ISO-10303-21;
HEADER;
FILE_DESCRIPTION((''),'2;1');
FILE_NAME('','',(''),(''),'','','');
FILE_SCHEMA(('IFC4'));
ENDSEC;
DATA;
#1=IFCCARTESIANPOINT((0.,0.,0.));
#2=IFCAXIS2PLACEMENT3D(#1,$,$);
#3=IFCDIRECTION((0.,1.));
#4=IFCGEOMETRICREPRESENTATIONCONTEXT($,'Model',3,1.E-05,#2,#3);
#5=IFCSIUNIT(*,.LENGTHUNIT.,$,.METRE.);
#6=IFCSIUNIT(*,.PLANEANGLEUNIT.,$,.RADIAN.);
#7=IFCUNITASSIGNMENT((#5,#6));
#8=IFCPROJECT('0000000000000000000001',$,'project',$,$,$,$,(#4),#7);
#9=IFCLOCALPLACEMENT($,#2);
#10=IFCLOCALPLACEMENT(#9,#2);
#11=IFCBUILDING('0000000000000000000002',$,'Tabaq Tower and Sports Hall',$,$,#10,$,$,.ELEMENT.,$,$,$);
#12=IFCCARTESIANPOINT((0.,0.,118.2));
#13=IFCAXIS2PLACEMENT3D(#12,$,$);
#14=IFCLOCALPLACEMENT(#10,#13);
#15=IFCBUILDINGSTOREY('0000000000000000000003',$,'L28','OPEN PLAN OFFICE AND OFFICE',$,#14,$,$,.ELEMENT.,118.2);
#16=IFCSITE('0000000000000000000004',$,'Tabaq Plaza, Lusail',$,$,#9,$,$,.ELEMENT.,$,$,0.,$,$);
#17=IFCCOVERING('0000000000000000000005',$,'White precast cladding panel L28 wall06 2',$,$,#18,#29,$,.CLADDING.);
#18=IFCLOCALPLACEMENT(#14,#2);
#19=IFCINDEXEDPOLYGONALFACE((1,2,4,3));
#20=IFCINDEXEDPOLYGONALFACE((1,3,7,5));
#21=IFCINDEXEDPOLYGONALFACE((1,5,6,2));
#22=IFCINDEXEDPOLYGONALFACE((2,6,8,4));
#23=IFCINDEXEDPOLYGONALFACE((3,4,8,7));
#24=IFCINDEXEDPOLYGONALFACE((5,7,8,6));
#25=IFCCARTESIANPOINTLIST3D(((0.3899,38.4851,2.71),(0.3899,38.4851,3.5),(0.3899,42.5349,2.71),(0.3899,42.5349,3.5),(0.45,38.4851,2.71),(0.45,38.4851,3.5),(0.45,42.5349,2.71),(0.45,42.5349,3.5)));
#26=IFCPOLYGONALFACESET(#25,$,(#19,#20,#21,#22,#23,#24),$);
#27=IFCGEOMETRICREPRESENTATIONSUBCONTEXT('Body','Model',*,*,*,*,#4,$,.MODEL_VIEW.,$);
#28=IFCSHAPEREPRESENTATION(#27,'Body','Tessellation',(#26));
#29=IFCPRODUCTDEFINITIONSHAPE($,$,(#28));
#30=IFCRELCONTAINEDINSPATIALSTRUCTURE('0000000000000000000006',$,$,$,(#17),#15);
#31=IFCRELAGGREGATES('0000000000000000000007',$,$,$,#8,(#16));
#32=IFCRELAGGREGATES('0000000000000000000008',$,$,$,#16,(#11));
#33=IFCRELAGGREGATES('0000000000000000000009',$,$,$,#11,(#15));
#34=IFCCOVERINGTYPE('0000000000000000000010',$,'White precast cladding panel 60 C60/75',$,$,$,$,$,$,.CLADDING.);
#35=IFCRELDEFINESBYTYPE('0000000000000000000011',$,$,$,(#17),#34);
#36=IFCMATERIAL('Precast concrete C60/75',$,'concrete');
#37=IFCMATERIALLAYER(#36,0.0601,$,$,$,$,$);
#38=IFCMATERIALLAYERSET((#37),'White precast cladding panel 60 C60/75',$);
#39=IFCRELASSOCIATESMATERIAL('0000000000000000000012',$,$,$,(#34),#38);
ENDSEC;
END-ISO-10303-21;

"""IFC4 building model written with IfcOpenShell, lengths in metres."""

from ifc_helpers import new_model, si_unit, direction, frame, frame_2d, origin, place, context, subcontext, project, spatial, rectangle, extrude, material, layer, layer_set, type_object, element, save


model = new_model("IFC4")

# Units and contexts
model_context = context("Model", 3, precision=1e-05, world=origin(), true_north=direction((0.0, 1.0)))
body_context = subcontext(model_context, "Body", "Model", "MODEL_VIEW")
ifc_project = project(units=[si_unit("LENGTHUNIT", "METRE"), si_unit("PLANEANGLEUNIT", "RADIAN")], contexts=[model_context])

# Site, building, storey
site_placement = place(None, origin())
site = spatial("IfcSite", under=ifc_project, at=site_placement, Name="Tabaq Plaza, Lusail", CompositionType="ELEMENT", RefElevation=0.0)
building_placement = place(site_placement, origin())
building = spatial("IfcBuilding", under=site, at=building_placement, Name="Tabaq Tower and Sports Hall", CompositionType="ELEMENT")
storey_placement = place(building_placement, frame((0.0, 0.0, 118.2)))
storey = spatial("IfcBuildingStorey", under=building, at=storey_placement, Name="L28", Description="OPEN PLAN OFFICE AND OFFICE", CompositionType="ELEMENT", Elevation=118.2)

# Covering
ifc_material_1 = material(Name="Precast concrete C60/75", Category="concrete")
ifc_layer_1 = layer(ifc_material_1, 0.0601)
ifc_layer_set_1 = layer_set([ifc_layer_1], Name="White precast cladding panel 60 C60/75")
covering_type_1 = type_object("IfcCoveringType", Name="White precast cladding panel 60 C60/75", PredefinedType="CLADDING", material=ifc_layer_set_1)
covering_1_placement = place(storey_placement, frame((0.4199, 42.5349, 2.71), z_axis=(0.0, 0.0, 1.0), x_axis=(0.0, -1.0, 0.0)))
element("IfcCovering", 1, at=covering_1_placement, inside=storey, type_object=covering_type_1, Name="White precast cladding panel L28 wall06 2", PredefinedType="CLADDING", context=body_context, shape_type="SweptSolid", body=[
    extrude(rectangle(XDim=4.0498, YDim=0.0601, at=frame_2d((2.0249, 0.0))), origin(), (0.0, 0.0, 1.0), 0.79),
])

save(model, "model.ifc")
